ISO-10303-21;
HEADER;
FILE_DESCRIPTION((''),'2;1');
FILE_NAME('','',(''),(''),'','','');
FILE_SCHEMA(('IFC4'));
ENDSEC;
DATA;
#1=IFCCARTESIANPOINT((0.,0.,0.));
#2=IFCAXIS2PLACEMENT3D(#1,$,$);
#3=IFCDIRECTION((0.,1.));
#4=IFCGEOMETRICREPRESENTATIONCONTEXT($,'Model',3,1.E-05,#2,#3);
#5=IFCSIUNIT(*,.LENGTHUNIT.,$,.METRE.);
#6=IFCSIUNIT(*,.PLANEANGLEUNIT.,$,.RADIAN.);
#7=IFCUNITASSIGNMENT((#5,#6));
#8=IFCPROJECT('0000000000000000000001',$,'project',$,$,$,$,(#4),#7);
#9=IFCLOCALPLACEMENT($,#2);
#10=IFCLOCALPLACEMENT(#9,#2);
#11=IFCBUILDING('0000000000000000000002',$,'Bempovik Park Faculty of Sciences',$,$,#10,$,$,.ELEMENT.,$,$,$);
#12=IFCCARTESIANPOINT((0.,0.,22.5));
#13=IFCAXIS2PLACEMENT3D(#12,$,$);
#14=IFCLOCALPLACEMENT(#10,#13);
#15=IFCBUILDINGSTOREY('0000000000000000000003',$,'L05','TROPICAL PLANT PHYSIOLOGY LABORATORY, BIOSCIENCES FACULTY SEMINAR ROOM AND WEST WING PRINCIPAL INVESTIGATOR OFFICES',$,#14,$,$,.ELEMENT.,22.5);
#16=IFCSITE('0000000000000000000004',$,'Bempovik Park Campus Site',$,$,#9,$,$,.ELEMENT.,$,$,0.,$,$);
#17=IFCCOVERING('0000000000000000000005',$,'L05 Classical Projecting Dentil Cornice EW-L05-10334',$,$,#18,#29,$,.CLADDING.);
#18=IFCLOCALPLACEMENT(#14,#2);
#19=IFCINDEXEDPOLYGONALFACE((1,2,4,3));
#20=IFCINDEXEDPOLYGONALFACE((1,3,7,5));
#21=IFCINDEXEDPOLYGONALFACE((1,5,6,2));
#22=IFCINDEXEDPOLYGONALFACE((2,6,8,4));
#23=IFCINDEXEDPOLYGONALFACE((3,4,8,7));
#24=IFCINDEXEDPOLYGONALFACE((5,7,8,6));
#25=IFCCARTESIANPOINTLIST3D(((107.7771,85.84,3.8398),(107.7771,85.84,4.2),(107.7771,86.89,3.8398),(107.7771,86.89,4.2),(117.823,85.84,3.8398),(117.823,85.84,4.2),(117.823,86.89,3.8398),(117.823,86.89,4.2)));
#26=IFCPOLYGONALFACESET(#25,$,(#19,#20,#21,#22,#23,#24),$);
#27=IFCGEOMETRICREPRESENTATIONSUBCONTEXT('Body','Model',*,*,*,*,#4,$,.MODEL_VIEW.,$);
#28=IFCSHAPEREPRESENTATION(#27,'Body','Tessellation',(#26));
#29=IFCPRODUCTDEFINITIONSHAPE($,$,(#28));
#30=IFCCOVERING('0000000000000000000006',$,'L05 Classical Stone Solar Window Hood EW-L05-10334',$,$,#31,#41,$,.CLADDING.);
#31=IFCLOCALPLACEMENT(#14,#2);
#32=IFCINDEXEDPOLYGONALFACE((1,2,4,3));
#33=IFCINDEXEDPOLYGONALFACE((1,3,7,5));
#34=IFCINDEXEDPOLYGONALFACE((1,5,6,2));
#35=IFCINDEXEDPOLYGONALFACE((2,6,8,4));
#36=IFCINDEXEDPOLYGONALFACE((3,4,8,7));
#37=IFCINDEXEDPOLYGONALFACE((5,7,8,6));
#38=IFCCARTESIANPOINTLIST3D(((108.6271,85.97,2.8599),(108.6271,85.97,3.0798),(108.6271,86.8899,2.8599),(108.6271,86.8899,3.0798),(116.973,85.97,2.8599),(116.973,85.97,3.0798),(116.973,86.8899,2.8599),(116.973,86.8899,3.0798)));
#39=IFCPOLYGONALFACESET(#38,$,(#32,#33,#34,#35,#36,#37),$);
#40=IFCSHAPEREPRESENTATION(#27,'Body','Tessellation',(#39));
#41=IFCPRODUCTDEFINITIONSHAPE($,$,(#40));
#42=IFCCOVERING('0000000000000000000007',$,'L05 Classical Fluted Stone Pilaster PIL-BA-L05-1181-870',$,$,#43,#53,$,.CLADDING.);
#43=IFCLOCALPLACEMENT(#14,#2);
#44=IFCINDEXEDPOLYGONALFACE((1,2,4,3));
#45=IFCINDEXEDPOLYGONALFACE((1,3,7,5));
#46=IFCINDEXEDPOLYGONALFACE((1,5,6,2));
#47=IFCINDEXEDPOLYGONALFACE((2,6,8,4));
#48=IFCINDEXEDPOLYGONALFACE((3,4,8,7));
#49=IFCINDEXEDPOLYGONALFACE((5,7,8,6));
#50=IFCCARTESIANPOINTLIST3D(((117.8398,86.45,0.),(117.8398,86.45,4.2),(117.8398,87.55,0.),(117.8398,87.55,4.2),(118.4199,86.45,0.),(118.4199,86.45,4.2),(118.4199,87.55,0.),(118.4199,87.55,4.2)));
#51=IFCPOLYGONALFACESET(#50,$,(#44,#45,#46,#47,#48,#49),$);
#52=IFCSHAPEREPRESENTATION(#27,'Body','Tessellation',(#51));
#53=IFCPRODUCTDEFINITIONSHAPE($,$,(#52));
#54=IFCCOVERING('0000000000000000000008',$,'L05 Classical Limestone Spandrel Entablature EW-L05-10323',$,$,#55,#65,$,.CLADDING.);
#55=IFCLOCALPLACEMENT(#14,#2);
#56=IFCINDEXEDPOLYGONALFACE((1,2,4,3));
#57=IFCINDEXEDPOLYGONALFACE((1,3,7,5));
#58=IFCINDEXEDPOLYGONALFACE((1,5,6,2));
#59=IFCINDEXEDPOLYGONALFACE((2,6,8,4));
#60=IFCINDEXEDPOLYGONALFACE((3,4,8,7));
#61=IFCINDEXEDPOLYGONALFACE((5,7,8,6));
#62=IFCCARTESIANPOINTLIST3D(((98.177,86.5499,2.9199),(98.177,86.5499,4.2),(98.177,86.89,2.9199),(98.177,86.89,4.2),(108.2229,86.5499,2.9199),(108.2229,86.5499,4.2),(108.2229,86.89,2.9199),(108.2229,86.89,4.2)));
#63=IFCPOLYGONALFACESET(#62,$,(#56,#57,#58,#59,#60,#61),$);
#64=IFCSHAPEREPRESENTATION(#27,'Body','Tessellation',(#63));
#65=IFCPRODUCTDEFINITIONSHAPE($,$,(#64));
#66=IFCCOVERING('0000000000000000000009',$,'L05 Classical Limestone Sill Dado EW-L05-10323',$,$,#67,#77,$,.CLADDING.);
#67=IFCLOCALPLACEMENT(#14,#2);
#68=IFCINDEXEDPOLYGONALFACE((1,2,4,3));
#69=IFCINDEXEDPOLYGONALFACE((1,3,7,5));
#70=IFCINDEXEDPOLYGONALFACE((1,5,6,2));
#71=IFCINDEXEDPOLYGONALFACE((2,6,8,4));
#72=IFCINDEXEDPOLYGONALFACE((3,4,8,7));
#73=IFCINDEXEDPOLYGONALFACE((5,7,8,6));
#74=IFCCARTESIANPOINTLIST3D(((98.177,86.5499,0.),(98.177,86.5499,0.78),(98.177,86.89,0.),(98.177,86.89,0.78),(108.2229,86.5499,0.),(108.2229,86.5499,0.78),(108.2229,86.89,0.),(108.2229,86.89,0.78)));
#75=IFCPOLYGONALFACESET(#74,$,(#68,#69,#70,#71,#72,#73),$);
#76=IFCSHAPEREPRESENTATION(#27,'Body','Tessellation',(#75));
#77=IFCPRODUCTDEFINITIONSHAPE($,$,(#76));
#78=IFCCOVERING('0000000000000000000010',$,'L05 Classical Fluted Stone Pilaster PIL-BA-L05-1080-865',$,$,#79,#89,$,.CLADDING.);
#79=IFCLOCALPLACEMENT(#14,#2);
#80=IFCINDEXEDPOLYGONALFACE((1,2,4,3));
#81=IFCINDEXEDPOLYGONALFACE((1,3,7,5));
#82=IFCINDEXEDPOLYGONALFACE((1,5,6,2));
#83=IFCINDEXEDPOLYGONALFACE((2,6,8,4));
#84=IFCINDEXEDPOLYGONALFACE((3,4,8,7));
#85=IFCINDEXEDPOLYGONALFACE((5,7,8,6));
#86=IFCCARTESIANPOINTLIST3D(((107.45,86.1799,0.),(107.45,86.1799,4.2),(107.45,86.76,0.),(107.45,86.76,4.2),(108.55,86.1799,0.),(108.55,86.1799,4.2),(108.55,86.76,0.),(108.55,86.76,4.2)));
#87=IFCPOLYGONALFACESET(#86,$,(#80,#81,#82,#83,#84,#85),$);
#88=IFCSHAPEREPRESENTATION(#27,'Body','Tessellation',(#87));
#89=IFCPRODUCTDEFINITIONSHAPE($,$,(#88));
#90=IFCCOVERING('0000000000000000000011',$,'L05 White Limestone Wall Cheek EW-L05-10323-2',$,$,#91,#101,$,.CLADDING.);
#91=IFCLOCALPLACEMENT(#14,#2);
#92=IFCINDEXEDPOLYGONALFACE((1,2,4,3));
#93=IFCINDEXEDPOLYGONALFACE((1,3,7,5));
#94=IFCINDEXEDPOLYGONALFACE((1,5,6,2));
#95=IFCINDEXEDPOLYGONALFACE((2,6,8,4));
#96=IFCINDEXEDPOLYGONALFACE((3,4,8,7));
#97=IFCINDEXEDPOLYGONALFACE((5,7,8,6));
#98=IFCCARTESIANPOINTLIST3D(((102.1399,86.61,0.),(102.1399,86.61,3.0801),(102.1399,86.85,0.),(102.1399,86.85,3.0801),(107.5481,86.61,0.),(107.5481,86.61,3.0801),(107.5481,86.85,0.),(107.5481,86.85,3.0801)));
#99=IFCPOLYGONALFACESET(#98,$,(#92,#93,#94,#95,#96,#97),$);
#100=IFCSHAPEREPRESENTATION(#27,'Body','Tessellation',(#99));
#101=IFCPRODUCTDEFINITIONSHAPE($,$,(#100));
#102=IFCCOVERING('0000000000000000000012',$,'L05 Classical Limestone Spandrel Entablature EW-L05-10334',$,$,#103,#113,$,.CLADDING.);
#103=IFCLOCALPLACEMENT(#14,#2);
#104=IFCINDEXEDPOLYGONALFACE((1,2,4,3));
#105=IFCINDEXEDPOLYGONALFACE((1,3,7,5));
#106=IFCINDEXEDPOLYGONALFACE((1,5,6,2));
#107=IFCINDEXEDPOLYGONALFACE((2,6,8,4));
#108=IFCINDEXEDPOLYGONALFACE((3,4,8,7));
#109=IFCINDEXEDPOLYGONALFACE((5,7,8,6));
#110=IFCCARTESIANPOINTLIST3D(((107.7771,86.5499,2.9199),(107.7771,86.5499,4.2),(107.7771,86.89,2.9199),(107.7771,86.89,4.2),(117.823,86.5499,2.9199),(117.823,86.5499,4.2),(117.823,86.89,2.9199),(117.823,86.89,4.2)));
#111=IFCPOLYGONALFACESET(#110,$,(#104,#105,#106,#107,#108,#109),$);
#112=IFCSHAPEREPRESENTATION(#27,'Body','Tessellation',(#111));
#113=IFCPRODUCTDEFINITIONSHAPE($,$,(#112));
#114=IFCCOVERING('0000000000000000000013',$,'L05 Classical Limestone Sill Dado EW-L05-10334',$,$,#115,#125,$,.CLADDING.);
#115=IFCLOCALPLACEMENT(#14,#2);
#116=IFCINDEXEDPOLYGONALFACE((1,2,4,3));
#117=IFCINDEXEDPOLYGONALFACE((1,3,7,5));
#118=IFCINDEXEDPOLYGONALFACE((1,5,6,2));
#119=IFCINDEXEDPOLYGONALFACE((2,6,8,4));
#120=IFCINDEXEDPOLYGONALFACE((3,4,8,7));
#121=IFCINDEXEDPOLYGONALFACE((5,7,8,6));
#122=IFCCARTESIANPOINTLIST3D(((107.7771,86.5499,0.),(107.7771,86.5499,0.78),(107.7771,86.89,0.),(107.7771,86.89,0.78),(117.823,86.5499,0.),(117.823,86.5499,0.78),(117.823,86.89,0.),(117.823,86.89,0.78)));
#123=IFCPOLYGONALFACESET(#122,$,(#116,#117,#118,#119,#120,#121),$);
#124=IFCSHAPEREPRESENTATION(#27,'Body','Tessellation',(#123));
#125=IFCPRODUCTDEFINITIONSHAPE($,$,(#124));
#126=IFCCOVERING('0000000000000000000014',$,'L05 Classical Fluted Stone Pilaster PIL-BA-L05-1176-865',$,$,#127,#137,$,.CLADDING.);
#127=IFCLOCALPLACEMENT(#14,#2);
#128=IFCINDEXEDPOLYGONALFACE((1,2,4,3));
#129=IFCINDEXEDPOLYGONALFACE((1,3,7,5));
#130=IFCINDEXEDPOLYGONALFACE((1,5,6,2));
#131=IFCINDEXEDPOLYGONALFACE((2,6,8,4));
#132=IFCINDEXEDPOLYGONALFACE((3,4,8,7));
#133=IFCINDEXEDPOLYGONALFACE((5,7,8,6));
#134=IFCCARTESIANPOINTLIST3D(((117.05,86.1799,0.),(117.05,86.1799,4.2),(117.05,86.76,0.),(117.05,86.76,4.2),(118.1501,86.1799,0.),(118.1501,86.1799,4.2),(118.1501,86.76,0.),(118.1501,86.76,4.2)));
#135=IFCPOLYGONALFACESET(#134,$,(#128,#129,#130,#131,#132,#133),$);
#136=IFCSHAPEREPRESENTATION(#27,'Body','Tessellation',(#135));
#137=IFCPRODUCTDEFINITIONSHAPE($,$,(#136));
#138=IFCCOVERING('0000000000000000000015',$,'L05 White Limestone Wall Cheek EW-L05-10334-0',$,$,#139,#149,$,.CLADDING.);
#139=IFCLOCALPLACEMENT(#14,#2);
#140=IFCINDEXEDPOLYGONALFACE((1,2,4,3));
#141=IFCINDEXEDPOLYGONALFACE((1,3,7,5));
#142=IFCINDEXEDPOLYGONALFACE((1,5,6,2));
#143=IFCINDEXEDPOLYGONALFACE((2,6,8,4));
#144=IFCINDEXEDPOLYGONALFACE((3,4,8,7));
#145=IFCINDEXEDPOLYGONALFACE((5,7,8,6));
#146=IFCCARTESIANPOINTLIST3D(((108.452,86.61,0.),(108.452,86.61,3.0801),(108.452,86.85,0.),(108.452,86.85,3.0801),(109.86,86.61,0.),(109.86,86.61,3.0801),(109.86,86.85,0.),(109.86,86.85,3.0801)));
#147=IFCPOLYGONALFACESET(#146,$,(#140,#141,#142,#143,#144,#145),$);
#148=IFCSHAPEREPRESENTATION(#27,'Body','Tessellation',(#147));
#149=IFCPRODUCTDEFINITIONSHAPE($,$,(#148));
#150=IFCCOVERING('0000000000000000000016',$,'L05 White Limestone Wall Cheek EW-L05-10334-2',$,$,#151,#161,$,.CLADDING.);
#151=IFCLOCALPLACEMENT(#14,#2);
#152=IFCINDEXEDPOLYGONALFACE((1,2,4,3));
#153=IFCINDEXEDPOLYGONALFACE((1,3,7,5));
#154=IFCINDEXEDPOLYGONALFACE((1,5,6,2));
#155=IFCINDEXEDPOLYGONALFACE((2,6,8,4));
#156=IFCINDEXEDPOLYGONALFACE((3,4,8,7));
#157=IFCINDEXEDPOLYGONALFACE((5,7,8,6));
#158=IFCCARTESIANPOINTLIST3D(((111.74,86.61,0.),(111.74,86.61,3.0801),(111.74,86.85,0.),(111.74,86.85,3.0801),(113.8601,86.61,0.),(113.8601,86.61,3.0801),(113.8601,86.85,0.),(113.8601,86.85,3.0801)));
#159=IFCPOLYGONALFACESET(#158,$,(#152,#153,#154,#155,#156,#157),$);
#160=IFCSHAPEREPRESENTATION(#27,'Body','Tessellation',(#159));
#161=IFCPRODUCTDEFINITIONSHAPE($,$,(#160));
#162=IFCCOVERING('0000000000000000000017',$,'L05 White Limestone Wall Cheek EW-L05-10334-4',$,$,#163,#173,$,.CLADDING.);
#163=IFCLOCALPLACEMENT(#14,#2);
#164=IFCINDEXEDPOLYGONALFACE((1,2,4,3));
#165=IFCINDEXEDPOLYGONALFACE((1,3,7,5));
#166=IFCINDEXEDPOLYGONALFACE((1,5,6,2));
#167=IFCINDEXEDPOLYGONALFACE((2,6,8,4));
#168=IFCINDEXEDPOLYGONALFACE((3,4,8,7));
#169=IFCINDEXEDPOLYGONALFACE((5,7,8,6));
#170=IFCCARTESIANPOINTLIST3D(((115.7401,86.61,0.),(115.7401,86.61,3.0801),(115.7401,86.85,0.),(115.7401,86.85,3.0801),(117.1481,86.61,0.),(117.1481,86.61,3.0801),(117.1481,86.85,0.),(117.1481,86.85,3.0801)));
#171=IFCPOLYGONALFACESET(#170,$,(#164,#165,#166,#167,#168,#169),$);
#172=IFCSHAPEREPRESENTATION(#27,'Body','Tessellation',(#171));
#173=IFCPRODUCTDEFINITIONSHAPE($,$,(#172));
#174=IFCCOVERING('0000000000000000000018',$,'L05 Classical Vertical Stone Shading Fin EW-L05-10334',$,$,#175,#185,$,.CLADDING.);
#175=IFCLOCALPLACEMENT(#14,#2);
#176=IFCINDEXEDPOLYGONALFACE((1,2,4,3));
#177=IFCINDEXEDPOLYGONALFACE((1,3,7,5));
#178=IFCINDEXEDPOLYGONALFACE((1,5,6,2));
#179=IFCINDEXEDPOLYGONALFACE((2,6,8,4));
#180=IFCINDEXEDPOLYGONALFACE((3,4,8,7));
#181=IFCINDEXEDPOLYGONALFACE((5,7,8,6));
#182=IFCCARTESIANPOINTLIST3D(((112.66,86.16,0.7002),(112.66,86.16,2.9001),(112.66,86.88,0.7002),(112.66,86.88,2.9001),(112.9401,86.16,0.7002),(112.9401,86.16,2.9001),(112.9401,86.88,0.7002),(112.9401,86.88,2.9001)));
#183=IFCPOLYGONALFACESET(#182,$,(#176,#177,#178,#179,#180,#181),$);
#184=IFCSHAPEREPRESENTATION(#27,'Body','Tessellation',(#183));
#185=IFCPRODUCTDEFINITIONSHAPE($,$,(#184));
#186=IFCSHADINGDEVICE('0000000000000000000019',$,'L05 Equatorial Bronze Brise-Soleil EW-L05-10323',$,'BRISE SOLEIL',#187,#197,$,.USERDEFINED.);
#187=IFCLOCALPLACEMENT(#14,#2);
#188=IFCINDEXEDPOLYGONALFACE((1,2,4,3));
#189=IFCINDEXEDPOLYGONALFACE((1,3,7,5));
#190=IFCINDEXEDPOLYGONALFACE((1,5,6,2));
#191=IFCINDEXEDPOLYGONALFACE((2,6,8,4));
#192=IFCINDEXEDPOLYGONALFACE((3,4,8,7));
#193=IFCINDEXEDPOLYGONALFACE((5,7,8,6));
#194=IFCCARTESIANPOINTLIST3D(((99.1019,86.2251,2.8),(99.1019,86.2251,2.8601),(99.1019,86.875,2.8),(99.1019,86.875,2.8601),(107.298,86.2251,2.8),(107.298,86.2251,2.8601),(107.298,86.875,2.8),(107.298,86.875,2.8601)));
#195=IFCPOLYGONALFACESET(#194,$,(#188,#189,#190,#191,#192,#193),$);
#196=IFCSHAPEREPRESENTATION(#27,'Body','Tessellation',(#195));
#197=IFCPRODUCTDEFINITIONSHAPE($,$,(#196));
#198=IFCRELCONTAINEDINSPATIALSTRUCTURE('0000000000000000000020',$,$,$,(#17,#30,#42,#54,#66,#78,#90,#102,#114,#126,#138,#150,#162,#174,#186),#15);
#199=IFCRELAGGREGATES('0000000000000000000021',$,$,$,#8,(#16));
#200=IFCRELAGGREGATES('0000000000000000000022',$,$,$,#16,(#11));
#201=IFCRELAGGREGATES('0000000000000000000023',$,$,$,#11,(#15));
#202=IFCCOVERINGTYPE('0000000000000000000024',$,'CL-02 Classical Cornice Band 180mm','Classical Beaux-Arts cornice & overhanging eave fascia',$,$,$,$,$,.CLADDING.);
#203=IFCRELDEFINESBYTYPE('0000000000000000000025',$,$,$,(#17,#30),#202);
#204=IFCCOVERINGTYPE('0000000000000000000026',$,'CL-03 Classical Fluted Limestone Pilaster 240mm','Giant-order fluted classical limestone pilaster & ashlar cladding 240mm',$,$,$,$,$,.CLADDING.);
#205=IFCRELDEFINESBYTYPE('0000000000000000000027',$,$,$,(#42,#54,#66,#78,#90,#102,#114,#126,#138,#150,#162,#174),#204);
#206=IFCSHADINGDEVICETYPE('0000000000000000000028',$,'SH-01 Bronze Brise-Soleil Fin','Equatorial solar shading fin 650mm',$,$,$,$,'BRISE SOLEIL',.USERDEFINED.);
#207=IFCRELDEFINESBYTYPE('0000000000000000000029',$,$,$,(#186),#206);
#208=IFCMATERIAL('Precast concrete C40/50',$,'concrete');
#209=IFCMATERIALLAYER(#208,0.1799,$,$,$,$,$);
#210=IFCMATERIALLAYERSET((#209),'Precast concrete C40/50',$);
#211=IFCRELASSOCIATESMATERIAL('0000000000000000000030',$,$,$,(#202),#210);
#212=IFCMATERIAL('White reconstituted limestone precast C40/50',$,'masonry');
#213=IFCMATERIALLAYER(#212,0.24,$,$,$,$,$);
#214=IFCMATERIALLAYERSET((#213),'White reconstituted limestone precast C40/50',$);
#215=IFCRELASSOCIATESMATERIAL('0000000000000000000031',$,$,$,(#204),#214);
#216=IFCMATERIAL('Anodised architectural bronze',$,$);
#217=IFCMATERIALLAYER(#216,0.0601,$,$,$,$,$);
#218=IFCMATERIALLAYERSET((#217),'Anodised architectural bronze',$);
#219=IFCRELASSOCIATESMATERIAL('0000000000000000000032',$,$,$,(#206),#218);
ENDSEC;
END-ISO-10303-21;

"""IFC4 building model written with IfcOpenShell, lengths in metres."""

from ifc_helpers import new_model, si_unit, direction, frame, origin, origin_2d, place, context, subcontext, project, spatial, rectangle, extrude, material, layer, layer_set, type_object, element, save


model = new_model("IFC4")

# Units and contexts
model_context = context("Model", 3, precision=1e-05, world=origin(), true_north=direction((0.0, 1.0)))
body_context = subcontext(model_context, "Body", "Model", "MODEL_VIEW")
ifc_project = project(units=[si_unit("LENGTHUNIT", "METRE"), si_unit("PLANEANGLEUNIT", "RADIAN")], contexts=[model_context])

# Site, building, storey
site_placement = place(None, origin())
site = spatial("IfcSite", under=ifc_project, at=site_placement, Name="Bempovik Park Campus Site", CompositionType="ELEMENT", RefElevation=0.0)
building_placement = place(site_placement, origin())
building = spatial("IfcBuilding", under=site, at=building_placement, Name="Bempovik Park Faculty of Sciences", CompositionType="ELEMENT")
storey_placement = place(building_placement, frame((0.0, 0.0, 22.5)))
storey = spatial("IfcBuildingStorey", under=building, at=storey_placement, Name="L05", Description="TROPICAL PLANT PHYSIOLOGY LABORATORY, BIOSCIENCES FACULTY SEMINAR ROOM AND WEST WING PRINCIPAL INVESTIGATOR OFFICES", CompositionType="ELEMENT", Elevation=22.5)

# Shared definitions
ifc_material_1 = material(Name="Precast concrete C40/50", Category="concrete")

# Coverings
ifc_layer_1 = layer(ifc_material_1, 0.1799)
ifc_layer_set_1 = layer_set([ifc_layer_1], Name="Precast concrete C40/50")
covering_type_1 = type_object("IfcCoveringType", Name="CL-02 Classical Cornice Band 180mm", Description="Classical Beaux-Arts cornice & overhanging eave fascia", PredefinedType="CLADDING", material=ifc_layer_set_1)
covering_1_placement = place(storey_placement, frame((112.8, 86.365, 3.8398), z_axis=(0.0, 0.0, 1.0), x_axis=(1.0, 0.0, 0.0)))
element("IfcCovering", 1, at=covering_1_placement, inside=storey, type_object=covering_type_1, Name="L05 Classical Projecting Dentil Cornice EW-L05-10334", PredefinedType="CLADDING", context=body_context, shape_type="SweptSolid", body=[
    extrude(rectangle(XDim=10.0459, YDim=1.05, at=origin_2d()), origin(), (0.0, 0.0, 1.0), 0.3601),
])
covering_2_placement = place(storey_placement, frame((112.8, 86.4299, 2.8599), z_axis=(0.0, 0.0, 1.0), x_axis=(1.0, 0.0, 0.0)))
element("IfcCovering", 2, at=covering_2_placement, inside=storey, type_object=covering_type_1, Name="L05 Classical Stone Solar Window Hood EW-L05-10334", PredefinedType="CLADDING", context=body_context, shape_type="SweptSolid", body=[
    extrude(rectangle(XDim=8.3459, YDim=0.9199, at=origin_2d()), origin(), (0.0, 0.0, 1.0), 0.22),
])
ifc_material_2 = material(Name="White reconstituted limestone precast C40/50", Category="masonry")
ifc_layer_2 = layer(ifc_material_2, 0.24)
ifc_layer_set_2 = layer_set([ifc_layer_2], Name="White reconstituted limestone precast C40/50")
covering_type_2 = type_object("IfcCoveringType", Name="CL-03 Classical Fluted Limestone Pilaster 240mm", Description="Giant-order fluted classical limestone pilaster & ashlar cladding 240mm", PredefinedType="CLADDING", material=ifc_layer_set_2)
covering_3_placement = place(storey_placement, frame((118.1299, 87.0, 0.0), z_axis=(0.0, 0.0, 1.0), x_axis=(1.0, 0.0, 0.0)))
element("IfcCovering", 3, at=covering_3_placement, inside=storey, type_object=covering_type_2, Name="L05 Classical Fluted Stone Pilaster PIL-BA-L05-1181-870", PredefinedType="CLADDING", context=body_context, shape_type="SweptSolid", body=[
    extrude(rectangle(XDim=0.5801, YDim=1.1001, at=origin_2d()), origin(), (0.0, 0.0, 1.0), 4.2),
])
covering_4_placement = place(storey_placement, frame((103.2, 86.72, 2.9199), z_axis=(0.0, 0.0, 1.0), x_axis=(1.0, 0.0, 0.0)))
element("IfcCovering", 4, at=covering_4_placement, inside=storey, type_object=covering_type_2, Name="L05 Classical Limestone Spandrel Entablature EW-L05-10323", PredefinedType="CLADDING", context=body_context, shape_type="SweptSolid", body=[
    extrude(rectangle(XDim=10.0459, YDim=0.3401, at=origin_2d()), origin(), (0.0, 0.0, 1.0), 1.28),
])
covering_5_placement = place(storey_placement, frame((103.2, 86.72, 0.0), z_axis=(0.0, 0.0, 1.0), x_axis=(1.0, 0.0, 0.0)))
element("IfcCovering", 5, at=covering_5_placement, inside=storey, type_object=covering_type_2, Name="L05 Classical Limestone Sill Dado EW-L05-10323", PredefinedType="CLADDING", context=body_context, shape_type="SweptSolid", body=[
    extrude(rectangle(XDim=10.0459, YDim=0.3401, at=origin_2d()), origin(), (0.0, 0.0, 1.0), 0.78),
])
covering_6_placement = place(storey_placement, frame((108.0, 86.47, 0.0), z_axis=(0.0, 0.0, 1.0), x_axis=(1.0, 0.0, 0.0)))
element("IfcCovering", 6, at=covering_6_placement, inside=storey, type_object=covering_type_2, Name="L05 Classical Fluted Stone Pilaster PIL-BA-L05-1080-865", PredefinedType="CLADDING", context=body_context, shape_type="SweptSolid", body=[
    extrude(rectangle(XDim=1.1001, YDim=0.5801, at=origin_2d()), origin(), (0.0, 0.0, 1.0), 4.2),
])
covering_7_placement = place(storey_placement, frame((104.844, 86.73, 0.0), z_axis=(0.0, 0.0, 1.0), x_axis=(1.0, 0.0, 0.0)))
element("IfcCovering", 7, at=covering_7_placement, inside=storey, type_object=covering_type_2, Name="L05 White Limestone Wall Cheek EW-L05-10323-2", PredefinedType="CLADDING", context=body_context, shape_type="SweptSolid", body=[
    extrude(rectangle(XDim=5.4082, YDim=0.24, at=origin_2d()), origin(), (0.0, 0.0, 1.0), 3.0801),
])
covering_8_placement = place(storey_placement, frame((112.8, 86.72, 2.9199), z_axis=(0.0, 0.0, 1.0), x_axis=(1.0, 0.0, 0.0)))
element("IfcCovering", 8, at=covering_8_placement, inside=storey, type_object=covering_type_2, Name="L05 Classical Limestone Spandrel Entablature EW-L05-10334", PredefinedType="CLADDING", context=body_context, shape_type="SweptSolid", body=[
    extrude(rectangle(XDim=10.0459, YDim=0.3401, at=origin_2d()), origin(), (0.0, 0.0, 1.0), 1.28),
])
covering_9_placement = place(storey_placement, frame((112.8, 86.72, 0.0), z_axis=(0.0, 0.0, 1.0), x_axis=(1.0, 0.0, 0.0)))
element("IfcCovering", 9, at=covering_9_placement, inside=storey, type_object=covering_type_2, Name="L05 Classical Limestone Sill Dado EW-L05-10334", PredefinedType="CLADDING", context=body_context, shape_type="SweptSolid", body=[
    extrude(rectangle(XDim=10.0459, YDim=0.3401, at=origin_2d()), origin(), (0.0, 0.0, 1.0), 0.78),
])
covering_10_placement = place(storey_placement, frame((117.6001, 86.47, 0.0), z_axis=(0.0, 0.0, 1.0), x_axis=(1.0, 0.0, 0.0)))
element("IfcCovering", 10, at=covering_10_placement, inside=storey, type_object=covering_type_2, Name="L05 Classical Fluted Stone Pilaster PIL-BA-L05-1176-865", PredefinedType="CLADDING", context=body_context, shape_type="SweptSolid", body=[
    extrude(rectangle(XDim=1.1001, YDim=0.5801, at=origin_2d()), origin(), (0.0, 0.0, 1.0), 4.2),
])
covering_11_placement = place(storey_placement, frame((109.156, 86.73, 0.0), z_axis=(0.0, 0.0, 1.0), x_axis=(1.0, 0.0, 0.0)))
element("IfcCovering", 11, at=covering_11_placement, inside=storey, type_object=covering_type_2, Name="L05 White Limestone Wall Cheek EW-L05-10334-0", PredefinedType="CLADDING", context=body_context, shape_type="SweptSolid", body=[
    extrude(rectangle(XDim=1.408, YDim=0.24, at=origin_2d()), origin(), (0.0, 0.0, 1.0), 3.0801),
])
covering_12_placement = place(storey_placement, frame((112.8, 86.73, 0.0), z_axis=(0.0, 0.0, 1.0), x_axis=(1.0, 0.0, 0.0)))
element("IfcCovering", 12, at=covering_12_placement, inside=storey, type_object=covering_type_2, Name="L05 White Limestone Wall Cheek EW-L05-10334-2", PredefinedType="CLADDING", context=body_context, shape_type="SweptSolid", body=[
    extrude(rectangle(XDim=2.1201, YDim=0.24, at=origin_2d()), origin(), (0.0, 0.0, 1.0), 3.0801),
])
covering_13_placement = place(storey_placement, frame((116.4441, 86.73, 0.0), z_axis=(0.0, 0.0, 1.0), x_axis=(1.0, 0.0, 0.0)))
element("IfcCovering", 13, at=covering_13_placement, inside=storey, type_object=covering_type_2, Name="L05 White Limestone Wall Cheek EW-L05-10334-4", PredefinedType="CLADDING", context=body_context, shape_type="SweptSolid", body=[
    extrude(rectangle(XDim=1.408, YDim=0.24, at=origin_2d()), origin(), (0.0, 0.0, 1.0), 3.0801),
])
covering_14_placement = place(storey_placement, frame((112.8, 86.52, 0.7002), z_axis=(0.0, 0.0, 1.0), x_axis=(1.0, 0.0, 0.0)))
element("IfcCovering", 14, at=covering_14_placement, inside=storey, type_object=covering_type_2, Name="L05 Classical Vertical Stone Shading Fin EW-L05-10334", PredefinedType="CLADDING", context=body_context, shape_type="SweptSolid", body=[
    extrude(rectangle(XDim=0.28, YDim=0.72, at=origin_2d()), origin(), (0.0, 0.0, 1.0), 2.2),
])

# Shading device
ifc_material_3 = material(Name="Anodised architectural bronze")
ifc_layer_3 = layer(ifc_material_3, 0.0601)
ifc_layer_set_3 = layer_set([ifc_layer_3], Name="Anodised architectural bronze")
shading_device_type = type_object("IfcShadingDeviceType", Name="SH-01 Bronze Brise-Soleil Fin", Description="Equatorial solar shading fin 650mm", ElementType="BRISE SOLEIL", PredefinedType="USERDEFINED", material=ifc_layer_set_3)
for number, where, z_axis, x_axis, name in (
    (15, (103.2, 86.55, 2.8), (0.0, 0.0, 1.0), (1.0, 0.0, 0.0), "L05 Equatorial Bronze Brise-Soleil EW-L05-10323"),
):
    element("IfcShadingDevice", number, at=place(storey_placement, frame(where, z_axis=z_axis, x_axis=x_axis)), inside=storey, type_object=shading_device_type, Name=name, ObjectType="BRISE SOLEIL", PredefinedType="USERDEFINED", context=body_context, shape_type="SweptSolid", body=[
        extrude(rectangle(XDim=8.196, YDim=0.6499, at=origin_2d()), origin(), (0.0, 0.0, 1.0), 0.0601),
    ])

save(model, "model.ifc")
